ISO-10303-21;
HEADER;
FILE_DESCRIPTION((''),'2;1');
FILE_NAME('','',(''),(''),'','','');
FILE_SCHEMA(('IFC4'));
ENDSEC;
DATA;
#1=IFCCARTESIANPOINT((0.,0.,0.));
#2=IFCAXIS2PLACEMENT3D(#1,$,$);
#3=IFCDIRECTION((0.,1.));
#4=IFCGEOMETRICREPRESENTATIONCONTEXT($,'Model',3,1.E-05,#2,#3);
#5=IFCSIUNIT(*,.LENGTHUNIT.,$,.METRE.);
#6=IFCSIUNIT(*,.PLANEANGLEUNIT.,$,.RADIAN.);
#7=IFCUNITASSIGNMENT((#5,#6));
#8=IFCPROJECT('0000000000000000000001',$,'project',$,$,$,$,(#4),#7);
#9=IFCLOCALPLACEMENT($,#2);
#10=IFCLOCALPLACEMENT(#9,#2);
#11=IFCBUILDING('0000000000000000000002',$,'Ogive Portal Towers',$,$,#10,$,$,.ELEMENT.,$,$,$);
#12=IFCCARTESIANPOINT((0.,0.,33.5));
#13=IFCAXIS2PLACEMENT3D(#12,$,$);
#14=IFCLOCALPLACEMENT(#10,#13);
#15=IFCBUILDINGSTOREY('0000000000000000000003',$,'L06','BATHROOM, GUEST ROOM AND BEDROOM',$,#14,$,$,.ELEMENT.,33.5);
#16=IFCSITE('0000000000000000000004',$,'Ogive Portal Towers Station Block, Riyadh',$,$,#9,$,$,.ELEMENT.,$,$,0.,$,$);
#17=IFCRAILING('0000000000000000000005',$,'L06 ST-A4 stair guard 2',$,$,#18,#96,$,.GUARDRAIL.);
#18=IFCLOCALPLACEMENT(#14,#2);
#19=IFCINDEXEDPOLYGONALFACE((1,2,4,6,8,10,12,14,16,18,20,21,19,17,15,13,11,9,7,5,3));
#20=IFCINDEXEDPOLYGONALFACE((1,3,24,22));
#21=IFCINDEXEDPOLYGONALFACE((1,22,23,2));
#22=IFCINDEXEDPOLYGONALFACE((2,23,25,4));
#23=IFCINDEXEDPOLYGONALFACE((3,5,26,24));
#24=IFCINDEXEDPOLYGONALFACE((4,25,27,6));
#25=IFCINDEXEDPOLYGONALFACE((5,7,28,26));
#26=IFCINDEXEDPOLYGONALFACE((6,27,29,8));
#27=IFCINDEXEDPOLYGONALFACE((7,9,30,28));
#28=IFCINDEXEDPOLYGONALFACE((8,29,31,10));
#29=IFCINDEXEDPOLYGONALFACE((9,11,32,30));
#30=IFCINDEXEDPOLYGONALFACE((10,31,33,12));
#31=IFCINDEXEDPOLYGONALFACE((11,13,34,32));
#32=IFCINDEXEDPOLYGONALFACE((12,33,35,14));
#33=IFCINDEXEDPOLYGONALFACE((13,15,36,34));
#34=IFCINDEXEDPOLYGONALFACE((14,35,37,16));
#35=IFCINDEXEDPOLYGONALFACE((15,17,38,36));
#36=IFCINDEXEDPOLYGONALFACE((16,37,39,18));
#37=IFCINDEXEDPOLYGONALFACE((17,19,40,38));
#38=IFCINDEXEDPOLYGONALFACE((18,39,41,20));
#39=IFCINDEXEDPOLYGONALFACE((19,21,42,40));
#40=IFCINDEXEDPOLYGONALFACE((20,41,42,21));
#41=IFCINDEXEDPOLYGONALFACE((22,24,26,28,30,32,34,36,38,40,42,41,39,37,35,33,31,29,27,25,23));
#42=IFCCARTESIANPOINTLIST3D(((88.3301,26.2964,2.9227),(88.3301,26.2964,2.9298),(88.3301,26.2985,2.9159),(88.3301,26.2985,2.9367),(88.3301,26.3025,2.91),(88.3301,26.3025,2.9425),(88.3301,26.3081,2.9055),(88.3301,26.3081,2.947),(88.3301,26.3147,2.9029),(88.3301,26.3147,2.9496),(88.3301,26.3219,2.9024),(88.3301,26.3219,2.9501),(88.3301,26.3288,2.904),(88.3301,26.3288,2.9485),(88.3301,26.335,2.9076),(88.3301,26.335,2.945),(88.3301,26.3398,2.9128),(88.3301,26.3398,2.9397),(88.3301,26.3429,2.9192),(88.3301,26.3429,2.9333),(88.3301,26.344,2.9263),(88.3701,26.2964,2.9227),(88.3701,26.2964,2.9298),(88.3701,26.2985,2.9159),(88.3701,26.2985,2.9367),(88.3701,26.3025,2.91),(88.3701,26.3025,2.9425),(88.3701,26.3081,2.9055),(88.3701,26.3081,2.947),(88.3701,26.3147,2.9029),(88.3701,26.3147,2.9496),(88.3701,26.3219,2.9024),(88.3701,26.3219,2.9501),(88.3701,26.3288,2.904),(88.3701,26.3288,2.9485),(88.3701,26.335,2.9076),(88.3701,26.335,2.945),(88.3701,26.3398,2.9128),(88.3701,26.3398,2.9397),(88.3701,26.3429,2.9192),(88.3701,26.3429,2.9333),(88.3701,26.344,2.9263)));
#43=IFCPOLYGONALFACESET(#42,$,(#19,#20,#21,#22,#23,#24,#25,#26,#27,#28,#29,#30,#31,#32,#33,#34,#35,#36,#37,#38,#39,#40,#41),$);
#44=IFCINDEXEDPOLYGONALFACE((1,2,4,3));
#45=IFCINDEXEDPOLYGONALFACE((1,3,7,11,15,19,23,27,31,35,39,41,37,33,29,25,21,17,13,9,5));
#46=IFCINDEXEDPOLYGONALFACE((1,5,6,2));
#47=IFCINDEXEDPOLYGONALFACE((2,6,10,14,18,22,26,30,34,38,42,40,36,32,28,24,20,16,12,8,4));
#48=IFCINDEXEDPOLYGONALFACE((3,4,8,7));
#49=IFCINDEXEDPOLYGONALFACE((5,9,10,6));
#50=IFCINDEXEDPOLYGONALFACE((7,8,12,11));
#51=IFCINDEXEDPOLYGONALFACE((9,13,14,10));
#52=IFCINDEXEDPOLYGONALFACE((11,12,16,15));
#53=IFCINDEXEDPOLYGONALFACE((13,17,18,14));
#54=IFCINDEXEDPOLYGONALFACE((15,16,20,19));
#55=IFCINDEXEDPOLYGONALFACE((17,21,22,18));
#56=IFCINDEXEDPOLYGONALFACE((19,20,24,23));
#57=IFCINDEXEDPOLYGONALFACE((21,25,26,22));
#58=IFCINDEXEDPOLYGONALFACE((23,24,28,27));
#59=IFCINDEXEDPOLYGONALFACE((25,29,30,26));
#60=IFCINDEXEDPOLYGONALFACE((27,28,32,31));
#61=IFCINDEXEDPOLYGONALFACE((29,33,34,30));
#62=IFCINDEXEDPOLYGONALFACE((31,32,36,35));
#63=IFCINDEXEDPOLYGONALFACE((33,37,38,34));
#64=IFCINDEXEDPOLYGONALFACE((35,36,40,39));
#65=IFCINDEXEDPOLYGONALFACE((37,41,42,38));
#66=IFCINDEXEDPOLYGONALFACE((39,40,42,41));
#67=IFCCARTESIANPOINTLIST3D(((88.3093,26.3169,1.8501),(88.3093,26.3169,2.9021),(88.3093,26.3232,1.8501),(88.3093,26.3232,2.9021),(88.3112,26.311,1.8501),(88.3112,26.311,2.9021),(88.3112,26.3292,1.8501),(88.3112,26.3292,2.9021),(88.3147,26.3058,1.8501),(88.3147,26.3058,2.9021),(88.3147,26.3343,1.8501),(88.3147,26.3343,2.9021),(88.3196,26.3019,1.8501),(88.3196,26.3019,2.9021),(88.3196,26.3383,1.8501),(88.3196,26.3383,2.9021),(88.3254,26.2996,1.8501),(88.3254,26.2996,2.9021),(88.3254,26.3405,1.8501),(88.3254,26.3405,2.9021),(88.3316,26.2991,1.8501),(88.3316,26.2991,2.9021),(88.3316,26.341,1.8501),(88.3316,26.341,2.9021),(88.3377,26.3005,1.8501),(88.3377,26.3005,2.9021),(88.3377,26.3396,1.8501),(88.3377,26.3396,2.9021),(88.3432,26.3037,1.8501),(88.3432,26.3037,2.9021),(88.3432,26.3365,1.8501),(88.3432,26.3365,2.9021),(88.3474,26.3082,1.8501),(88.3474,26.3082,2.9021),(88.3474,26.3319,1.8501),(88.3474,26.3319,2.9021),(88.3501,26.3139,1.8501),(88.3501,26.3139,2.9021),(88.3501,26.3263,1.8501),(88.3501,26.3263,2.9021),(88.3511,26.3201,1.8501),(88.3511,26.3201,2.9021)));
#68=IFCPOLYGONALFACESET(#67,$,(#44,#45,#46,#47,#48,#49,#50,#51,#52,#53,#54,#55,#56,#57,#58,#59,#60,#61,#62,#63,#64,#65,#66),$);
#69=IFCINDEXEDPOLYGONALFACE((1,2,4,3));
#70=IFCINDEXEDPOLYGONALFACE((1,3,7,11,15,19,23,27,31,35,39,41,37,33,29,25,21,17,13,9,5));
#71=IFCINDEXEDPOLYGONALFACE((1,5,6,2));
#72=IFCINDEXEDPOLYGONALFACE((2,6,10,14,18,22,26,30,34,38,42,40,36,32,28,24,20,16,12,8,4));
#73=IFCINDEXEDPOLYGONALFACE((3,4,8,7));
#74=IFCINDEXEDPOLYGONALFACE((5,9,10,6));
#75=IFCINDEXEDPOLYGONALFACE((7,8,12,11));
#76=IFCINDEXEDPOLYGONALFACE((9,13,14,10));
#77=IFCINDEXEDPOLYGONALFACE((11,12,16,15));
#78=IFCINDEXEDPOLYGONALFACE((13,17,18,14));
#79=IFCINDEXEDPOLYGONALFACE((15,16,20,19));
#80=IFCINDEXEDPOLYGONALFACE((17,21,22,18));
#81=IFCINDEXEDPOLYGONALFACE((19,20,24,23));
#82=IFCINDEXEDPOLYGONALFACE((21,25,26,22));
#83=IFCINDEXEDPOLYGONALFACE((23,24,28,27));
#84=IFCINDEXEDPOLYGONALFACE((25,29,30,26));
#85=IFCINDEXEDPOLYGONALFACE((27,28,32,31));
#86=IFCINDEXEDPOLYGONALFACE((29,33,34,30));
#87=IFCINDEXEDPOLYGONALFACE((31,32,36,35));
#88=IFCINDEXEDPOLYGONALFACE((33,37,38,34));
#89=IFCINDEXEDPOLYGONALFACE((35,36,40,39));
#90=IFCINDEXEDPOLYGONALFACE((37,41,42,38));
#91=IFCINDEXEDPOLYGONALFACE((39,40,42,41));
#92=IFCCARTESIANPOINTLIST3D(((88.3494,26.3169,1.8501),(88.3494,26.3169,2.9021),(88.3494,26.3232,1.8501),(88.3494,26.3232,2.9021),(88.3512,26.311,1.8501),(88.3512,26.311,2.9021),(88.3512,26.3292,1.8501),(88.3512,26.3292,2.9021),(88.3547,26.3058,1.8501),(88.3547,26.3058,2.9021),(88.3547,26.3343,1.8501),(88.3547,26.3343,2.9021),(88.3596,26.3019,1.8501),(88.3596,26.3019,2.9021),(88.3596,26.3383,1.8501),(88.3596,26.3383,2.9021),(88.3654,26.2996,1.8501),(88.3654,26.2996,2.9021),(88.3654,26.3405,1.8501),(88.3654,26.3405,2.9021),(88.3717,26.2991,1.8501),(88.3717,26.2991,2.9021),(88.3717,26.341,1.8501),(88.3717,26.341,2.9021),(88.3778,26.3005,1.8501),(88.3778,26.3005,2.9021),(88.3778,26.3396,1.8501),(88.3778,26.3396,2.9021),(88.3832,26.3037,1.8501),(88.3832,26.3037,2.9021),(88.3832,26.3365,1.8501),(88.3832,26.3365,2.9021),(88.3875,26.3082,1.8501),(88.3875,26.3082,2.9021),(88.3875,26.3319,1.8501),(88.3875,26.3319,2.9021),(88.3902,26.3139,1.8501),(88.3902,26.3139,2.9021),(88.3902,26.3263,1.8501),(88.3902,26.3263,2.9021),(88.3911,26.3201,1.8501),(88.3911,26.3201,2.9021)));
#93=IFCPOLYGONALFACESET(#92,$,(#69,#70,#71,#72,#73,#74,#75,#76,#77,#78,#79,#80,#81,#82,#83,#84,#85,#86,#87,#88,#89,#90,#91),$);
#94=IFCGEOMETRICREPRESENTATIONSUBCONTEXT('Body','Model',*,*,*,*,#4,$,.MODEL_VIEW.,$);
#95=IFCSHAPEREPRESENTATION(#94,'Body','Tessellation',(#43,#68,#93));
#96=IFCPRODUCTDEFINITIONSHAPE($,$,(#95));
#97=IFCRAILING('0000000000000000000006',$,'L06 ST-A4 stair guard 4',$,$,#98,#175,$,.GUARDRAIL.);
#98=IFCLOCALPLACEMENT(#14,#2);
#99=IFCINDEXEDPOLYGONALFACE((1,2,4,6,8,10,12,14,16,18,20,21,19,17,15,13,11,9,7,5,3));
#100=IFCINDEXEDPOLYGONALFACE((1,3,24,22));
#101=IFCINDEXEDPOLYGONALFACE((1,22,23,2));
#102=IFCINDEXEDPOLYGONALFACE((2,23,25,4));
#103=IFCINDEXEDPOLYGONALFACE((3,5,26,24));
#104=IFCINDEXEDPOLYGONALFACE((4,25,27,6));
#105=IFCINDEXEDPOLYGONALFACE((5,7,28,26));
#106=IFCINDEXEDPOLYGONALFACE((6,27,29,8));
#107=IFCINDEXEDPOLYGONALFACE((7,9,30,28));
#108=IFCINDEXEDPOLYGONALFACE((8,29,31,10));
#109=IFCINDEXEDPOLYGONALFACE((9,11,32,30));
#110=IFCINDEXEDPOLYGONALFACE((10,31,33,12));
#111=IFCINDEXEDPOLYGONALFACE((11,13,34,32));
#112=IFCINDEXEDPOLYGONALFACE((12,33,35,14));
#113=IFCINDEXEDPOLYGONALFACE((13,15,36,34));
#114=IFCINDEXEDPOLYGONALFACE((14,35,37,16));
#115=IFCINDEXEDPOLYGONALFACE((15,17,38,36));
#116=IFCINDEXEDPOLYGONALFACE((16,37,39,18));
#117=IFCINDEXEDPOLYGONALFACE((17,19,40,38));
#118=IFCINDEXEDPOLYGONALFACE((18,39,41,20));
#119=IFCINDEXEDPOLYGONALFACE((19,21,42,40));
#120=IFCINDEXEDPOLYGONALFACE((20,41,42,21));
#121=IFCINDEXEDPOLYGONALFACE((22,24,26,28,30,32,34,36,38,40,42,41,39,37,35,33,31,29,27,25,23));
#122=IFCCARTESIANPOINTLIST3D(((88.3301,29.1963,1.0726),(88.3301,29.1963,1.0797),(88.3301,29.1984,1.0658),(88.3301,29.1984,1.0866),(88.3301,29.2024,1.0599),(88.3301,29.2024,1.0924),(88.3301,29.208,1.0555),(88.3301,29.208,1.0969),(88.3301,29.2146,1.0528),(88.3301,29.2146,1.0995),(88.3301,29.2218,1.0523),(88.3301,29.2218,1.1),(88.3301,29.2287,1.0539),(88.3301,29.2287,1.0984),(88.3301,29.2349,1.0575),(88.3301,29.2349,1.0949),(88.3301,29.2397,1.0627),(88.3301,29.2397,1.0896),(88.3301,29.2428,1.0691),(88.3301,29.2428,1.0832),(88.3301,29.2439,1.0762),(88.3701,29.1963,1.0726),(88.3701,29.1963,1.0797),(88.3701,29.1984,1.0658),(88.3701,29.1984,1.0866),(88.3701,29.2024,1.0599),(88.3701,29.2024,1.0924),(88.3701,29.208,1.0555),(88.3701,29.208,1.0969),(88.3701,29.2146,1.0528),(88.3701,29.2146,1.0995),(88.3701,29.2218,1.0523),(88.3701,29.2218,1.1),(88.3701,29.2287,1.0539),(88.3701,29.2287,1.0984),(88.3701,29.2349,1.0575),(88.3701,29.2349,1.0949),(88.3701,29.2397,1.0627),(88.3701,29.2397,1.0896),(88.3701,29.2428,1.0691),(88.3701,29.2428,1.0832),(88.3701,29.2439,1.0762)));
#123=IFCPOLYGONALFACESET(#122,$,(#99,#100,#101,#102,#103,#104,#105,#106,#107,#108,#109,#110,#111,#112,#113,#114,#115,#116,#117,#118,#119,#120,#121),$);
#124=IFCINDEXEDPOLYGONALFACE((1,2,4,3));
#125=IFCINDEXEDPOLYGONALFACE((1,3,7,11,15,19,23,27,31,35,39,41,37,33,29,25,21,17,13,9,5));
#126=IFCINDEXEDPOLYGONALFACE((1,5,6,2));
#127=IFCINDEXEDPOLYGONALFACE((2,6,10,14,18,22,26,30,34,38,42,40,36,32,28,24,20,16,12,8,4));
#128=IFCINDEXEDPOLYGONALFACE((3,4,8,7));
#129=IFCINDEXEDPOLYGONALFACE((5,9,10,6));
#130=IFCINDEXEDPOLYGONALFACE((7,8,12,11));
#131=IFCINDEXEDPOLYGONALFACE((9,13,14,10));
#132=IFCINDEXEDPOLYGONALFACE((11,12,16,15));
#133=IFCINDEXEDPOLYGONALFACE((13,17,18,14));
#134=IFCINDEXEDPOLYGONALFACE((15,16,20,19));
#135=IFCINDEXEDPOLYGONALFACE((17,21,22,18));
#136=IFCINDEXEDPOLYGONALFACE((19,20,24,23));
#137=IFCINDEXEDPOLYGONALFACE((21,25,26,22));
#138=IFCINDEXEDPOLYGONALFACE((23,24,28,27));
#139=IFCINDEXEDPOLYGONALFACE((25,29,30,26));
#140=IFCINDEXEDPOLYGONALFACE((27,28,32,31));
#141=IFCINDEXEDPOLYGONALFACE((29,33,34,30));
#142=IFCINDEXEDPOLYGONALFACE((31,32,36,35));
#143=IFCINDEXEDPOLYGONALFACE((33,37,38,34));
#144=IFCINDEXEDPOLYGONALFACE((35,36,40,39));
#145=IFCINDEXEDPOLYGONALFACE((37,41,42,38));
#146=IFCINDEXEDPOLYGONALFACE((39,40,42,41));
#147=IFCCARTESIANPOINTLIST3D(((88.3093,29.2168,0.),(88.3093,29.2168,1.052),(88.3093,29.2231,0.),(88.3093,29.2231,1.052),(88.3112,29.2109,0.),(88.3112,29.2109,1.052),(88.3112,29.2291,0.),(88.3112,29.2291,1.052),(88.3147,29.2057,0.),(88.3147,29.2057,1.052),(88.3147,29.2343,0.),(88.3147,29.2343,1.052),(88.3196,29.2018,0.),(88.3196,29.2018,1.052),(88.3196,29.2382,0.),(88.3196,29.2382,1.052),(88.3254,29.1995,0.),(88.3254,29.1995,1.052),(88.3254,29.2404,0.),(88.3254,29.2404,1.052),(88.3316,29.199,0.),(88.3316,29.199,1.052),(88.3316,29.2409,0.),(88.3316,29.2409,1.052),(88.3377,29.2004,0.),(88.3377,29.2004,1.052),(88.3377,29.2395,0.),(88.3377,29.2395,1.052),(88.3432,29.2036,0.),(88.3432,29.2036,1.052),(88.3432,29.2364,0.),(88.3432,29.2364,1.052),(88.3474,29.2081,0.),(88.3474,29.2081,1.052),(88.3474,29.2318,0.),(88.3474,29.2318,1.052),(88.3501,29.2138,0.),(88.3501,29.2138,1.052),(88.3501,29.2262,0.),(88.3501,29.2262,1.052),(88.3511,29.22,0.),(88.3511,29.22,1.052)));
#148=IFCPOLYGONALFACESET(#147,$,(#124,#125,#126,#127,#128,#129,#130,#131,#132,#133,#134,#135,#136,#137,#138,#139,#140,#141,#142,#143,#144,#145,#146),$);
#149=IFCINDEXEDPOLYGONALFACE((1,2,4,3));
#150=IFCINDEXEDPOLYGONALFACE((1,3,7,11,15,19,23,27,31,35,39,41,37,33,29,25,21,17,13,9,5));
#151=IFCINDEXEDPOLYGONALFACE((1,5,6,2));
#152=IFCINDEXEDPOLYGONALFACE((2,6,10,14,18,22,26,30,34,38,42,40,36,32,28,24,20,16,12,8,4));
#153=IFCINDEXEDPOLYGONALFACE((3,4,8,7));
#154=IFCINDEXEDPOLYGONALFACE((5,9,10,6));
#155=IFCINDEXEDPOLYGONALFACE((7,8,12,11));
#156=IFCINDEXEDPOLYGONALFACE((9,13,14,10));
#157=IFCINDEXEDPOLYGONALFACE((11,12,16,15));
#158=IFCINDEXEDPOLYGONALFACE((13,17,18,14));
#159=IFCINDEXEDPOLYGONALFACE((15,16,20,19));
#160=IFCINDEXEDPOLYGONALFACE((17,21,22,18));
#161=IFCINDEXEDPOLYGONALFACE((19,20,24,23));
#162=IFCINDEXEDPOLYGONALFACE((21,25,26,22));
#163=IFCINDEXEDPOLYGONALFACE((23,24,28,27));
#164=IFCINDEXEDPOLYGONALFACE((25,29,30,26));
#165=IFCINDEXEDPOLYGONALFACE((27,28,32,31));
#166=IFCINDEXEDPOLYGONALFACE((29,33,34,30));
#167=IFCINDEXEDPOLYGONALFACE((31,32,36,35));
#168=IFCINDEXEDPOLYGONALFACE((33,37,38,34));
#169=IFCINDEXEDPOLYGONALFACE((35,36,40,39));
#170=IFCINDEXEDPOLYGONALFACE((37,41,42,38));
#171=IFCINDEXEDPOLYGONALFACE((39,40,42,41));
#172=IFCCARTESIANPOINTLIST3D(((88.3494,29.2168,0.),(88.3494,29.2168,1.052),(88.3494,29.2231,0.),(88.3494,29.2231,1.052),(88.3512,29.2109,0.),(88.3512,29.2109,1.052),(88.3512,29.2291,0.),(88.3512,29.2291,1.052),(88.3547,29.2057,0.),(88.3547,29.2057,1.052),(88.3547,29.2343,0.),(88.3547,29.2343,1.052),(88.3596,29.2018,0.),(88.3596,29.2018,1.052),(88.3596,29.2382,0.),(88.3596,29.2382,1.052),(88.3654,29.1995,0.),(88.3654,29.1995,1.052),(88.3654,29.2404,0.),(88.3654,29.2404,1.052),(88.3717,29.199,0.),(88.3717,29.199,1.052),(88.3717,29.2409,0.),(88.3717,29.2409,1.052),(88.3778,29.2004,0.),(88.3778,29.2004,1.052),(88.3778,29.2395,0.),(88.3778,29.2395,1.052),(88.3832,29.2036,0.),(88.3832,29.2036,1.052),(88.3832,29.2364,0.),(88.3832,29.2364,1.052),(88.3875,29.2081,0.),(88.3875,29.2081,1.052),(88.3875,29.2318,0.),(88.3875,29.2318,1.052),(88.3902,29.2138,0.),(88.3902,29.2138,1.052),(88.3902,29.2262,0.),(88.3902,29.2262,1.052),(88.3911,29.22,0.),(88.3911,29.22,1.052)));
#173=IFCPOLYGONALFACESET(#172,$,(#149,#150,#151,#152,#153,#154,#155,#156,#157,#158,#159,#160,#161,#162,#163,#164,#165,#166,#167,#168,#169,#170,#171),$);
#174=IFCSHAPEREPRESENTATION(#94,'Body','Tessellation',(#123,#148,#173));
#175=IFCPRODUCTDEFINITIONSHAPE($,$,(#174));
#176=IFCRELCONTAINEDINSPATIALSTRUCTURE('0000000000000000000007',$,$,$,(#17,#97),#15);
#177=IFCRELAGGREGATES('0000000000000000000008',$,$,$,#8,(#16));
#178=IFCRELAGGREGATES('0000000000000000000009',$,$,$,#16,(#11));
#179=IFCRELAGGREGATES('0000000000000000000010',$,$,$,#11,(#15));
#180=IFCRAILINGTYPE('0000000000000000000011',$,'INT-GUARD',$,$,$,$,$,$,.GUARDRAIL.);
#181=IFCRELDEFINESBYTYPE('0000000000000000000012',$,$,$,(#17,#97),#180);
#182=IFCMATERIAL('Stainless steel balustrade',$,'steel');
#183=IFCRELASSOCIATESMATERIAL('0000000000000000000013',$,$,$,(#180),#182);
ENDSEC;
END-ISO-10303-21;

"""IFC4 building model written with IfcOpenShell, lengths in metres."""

from ifc_helpers import new_model, si_unit, direction, frame, origin, origin_2d, place, context, subcontext, project, spatial, circle, extrude, material, type_object, element, save


model = new_model("IFC4")

# Units and contexts
model_context = context("Model", 3, precision=1e-05, world=origin(), true_north=direction((0.0, 1.0)))
body_context = subcontext(model_context, "Body", "Model", "MODEL_VIEW")
ifc_project = project(units=[si_unit("LENGTHUNIT", "METRE"), si_unit("PLANEANGLEUNIT", "RADIAN")], contexts=[model_context])

# Site, building, storey
site_placement = place(None, origin())
site = spatial("IfcSite", under=ifc_project, at=site_placement, Name="Ogive Portal Towers Station Block, Riyadh", CompositionType="ELEMENT", RefElevation=0.0)
building_placement = place(site_placement, origin())
building = spatial("IfcBuilding", under=site, at=building_placement, Name="Ogive Portal Towers", CompositionType="ELEMENT")
storey_placement = place(building_placement, frame((0.0, 0.0, 33.5)))
storey = spatial("IfcBuildingStorey", under=building, at=storey_placement, Name="L06", Description="BATHROOM, GUEST ROOM AND BEDROOM", CompositionType="ELEMENT", Elevation=33.5)

# Railings
ifc_material_1 = material(Name="Stainless steel balustrade", Category="steel")
railing_type_1 = type_object("IfcRailingType", Name="INT-GUARD", PredefinedType="GUARDRAIL", material=ifc_material_1)
for number, where, name in (
    (1, (88.3301, 26.3201, 1.8501), "L06 ST-A4 stair guard 2"),
    (2, (88.3301, 29.22, 0.0), "L06 ST-A4 stair guard 4"),
):
    element("IfcRailing", number, at=place(storey_placement, frame(where)), inside=storey, type_object=railing_type_1, Name=name, PredefinedType="GUARDRAIL", context=body_context, shape_type="SweptSolid", body=[
        extrude(circle(Radius=0.0239, at=origin_2d()), frame((0.0, 0.0, 1.0762), z_axis=(1.0, 0.0, 0.0), x_axis=(0.0, 1.0, 0.0)), (0.0, 0.0, 1.0), 0.04),
        extrude(circle(Radius=0.021, at=origin_2d()), origin(), (0.0, 0.0, 1.0), 1.052),
        extrude(circle(Radius=0.021, at=origin_2d()), frame((0.04, 0.0, 0.0)), (0.0, 0.0, 1.0), 1.052),
    ])

save(model, "model.ifc")
